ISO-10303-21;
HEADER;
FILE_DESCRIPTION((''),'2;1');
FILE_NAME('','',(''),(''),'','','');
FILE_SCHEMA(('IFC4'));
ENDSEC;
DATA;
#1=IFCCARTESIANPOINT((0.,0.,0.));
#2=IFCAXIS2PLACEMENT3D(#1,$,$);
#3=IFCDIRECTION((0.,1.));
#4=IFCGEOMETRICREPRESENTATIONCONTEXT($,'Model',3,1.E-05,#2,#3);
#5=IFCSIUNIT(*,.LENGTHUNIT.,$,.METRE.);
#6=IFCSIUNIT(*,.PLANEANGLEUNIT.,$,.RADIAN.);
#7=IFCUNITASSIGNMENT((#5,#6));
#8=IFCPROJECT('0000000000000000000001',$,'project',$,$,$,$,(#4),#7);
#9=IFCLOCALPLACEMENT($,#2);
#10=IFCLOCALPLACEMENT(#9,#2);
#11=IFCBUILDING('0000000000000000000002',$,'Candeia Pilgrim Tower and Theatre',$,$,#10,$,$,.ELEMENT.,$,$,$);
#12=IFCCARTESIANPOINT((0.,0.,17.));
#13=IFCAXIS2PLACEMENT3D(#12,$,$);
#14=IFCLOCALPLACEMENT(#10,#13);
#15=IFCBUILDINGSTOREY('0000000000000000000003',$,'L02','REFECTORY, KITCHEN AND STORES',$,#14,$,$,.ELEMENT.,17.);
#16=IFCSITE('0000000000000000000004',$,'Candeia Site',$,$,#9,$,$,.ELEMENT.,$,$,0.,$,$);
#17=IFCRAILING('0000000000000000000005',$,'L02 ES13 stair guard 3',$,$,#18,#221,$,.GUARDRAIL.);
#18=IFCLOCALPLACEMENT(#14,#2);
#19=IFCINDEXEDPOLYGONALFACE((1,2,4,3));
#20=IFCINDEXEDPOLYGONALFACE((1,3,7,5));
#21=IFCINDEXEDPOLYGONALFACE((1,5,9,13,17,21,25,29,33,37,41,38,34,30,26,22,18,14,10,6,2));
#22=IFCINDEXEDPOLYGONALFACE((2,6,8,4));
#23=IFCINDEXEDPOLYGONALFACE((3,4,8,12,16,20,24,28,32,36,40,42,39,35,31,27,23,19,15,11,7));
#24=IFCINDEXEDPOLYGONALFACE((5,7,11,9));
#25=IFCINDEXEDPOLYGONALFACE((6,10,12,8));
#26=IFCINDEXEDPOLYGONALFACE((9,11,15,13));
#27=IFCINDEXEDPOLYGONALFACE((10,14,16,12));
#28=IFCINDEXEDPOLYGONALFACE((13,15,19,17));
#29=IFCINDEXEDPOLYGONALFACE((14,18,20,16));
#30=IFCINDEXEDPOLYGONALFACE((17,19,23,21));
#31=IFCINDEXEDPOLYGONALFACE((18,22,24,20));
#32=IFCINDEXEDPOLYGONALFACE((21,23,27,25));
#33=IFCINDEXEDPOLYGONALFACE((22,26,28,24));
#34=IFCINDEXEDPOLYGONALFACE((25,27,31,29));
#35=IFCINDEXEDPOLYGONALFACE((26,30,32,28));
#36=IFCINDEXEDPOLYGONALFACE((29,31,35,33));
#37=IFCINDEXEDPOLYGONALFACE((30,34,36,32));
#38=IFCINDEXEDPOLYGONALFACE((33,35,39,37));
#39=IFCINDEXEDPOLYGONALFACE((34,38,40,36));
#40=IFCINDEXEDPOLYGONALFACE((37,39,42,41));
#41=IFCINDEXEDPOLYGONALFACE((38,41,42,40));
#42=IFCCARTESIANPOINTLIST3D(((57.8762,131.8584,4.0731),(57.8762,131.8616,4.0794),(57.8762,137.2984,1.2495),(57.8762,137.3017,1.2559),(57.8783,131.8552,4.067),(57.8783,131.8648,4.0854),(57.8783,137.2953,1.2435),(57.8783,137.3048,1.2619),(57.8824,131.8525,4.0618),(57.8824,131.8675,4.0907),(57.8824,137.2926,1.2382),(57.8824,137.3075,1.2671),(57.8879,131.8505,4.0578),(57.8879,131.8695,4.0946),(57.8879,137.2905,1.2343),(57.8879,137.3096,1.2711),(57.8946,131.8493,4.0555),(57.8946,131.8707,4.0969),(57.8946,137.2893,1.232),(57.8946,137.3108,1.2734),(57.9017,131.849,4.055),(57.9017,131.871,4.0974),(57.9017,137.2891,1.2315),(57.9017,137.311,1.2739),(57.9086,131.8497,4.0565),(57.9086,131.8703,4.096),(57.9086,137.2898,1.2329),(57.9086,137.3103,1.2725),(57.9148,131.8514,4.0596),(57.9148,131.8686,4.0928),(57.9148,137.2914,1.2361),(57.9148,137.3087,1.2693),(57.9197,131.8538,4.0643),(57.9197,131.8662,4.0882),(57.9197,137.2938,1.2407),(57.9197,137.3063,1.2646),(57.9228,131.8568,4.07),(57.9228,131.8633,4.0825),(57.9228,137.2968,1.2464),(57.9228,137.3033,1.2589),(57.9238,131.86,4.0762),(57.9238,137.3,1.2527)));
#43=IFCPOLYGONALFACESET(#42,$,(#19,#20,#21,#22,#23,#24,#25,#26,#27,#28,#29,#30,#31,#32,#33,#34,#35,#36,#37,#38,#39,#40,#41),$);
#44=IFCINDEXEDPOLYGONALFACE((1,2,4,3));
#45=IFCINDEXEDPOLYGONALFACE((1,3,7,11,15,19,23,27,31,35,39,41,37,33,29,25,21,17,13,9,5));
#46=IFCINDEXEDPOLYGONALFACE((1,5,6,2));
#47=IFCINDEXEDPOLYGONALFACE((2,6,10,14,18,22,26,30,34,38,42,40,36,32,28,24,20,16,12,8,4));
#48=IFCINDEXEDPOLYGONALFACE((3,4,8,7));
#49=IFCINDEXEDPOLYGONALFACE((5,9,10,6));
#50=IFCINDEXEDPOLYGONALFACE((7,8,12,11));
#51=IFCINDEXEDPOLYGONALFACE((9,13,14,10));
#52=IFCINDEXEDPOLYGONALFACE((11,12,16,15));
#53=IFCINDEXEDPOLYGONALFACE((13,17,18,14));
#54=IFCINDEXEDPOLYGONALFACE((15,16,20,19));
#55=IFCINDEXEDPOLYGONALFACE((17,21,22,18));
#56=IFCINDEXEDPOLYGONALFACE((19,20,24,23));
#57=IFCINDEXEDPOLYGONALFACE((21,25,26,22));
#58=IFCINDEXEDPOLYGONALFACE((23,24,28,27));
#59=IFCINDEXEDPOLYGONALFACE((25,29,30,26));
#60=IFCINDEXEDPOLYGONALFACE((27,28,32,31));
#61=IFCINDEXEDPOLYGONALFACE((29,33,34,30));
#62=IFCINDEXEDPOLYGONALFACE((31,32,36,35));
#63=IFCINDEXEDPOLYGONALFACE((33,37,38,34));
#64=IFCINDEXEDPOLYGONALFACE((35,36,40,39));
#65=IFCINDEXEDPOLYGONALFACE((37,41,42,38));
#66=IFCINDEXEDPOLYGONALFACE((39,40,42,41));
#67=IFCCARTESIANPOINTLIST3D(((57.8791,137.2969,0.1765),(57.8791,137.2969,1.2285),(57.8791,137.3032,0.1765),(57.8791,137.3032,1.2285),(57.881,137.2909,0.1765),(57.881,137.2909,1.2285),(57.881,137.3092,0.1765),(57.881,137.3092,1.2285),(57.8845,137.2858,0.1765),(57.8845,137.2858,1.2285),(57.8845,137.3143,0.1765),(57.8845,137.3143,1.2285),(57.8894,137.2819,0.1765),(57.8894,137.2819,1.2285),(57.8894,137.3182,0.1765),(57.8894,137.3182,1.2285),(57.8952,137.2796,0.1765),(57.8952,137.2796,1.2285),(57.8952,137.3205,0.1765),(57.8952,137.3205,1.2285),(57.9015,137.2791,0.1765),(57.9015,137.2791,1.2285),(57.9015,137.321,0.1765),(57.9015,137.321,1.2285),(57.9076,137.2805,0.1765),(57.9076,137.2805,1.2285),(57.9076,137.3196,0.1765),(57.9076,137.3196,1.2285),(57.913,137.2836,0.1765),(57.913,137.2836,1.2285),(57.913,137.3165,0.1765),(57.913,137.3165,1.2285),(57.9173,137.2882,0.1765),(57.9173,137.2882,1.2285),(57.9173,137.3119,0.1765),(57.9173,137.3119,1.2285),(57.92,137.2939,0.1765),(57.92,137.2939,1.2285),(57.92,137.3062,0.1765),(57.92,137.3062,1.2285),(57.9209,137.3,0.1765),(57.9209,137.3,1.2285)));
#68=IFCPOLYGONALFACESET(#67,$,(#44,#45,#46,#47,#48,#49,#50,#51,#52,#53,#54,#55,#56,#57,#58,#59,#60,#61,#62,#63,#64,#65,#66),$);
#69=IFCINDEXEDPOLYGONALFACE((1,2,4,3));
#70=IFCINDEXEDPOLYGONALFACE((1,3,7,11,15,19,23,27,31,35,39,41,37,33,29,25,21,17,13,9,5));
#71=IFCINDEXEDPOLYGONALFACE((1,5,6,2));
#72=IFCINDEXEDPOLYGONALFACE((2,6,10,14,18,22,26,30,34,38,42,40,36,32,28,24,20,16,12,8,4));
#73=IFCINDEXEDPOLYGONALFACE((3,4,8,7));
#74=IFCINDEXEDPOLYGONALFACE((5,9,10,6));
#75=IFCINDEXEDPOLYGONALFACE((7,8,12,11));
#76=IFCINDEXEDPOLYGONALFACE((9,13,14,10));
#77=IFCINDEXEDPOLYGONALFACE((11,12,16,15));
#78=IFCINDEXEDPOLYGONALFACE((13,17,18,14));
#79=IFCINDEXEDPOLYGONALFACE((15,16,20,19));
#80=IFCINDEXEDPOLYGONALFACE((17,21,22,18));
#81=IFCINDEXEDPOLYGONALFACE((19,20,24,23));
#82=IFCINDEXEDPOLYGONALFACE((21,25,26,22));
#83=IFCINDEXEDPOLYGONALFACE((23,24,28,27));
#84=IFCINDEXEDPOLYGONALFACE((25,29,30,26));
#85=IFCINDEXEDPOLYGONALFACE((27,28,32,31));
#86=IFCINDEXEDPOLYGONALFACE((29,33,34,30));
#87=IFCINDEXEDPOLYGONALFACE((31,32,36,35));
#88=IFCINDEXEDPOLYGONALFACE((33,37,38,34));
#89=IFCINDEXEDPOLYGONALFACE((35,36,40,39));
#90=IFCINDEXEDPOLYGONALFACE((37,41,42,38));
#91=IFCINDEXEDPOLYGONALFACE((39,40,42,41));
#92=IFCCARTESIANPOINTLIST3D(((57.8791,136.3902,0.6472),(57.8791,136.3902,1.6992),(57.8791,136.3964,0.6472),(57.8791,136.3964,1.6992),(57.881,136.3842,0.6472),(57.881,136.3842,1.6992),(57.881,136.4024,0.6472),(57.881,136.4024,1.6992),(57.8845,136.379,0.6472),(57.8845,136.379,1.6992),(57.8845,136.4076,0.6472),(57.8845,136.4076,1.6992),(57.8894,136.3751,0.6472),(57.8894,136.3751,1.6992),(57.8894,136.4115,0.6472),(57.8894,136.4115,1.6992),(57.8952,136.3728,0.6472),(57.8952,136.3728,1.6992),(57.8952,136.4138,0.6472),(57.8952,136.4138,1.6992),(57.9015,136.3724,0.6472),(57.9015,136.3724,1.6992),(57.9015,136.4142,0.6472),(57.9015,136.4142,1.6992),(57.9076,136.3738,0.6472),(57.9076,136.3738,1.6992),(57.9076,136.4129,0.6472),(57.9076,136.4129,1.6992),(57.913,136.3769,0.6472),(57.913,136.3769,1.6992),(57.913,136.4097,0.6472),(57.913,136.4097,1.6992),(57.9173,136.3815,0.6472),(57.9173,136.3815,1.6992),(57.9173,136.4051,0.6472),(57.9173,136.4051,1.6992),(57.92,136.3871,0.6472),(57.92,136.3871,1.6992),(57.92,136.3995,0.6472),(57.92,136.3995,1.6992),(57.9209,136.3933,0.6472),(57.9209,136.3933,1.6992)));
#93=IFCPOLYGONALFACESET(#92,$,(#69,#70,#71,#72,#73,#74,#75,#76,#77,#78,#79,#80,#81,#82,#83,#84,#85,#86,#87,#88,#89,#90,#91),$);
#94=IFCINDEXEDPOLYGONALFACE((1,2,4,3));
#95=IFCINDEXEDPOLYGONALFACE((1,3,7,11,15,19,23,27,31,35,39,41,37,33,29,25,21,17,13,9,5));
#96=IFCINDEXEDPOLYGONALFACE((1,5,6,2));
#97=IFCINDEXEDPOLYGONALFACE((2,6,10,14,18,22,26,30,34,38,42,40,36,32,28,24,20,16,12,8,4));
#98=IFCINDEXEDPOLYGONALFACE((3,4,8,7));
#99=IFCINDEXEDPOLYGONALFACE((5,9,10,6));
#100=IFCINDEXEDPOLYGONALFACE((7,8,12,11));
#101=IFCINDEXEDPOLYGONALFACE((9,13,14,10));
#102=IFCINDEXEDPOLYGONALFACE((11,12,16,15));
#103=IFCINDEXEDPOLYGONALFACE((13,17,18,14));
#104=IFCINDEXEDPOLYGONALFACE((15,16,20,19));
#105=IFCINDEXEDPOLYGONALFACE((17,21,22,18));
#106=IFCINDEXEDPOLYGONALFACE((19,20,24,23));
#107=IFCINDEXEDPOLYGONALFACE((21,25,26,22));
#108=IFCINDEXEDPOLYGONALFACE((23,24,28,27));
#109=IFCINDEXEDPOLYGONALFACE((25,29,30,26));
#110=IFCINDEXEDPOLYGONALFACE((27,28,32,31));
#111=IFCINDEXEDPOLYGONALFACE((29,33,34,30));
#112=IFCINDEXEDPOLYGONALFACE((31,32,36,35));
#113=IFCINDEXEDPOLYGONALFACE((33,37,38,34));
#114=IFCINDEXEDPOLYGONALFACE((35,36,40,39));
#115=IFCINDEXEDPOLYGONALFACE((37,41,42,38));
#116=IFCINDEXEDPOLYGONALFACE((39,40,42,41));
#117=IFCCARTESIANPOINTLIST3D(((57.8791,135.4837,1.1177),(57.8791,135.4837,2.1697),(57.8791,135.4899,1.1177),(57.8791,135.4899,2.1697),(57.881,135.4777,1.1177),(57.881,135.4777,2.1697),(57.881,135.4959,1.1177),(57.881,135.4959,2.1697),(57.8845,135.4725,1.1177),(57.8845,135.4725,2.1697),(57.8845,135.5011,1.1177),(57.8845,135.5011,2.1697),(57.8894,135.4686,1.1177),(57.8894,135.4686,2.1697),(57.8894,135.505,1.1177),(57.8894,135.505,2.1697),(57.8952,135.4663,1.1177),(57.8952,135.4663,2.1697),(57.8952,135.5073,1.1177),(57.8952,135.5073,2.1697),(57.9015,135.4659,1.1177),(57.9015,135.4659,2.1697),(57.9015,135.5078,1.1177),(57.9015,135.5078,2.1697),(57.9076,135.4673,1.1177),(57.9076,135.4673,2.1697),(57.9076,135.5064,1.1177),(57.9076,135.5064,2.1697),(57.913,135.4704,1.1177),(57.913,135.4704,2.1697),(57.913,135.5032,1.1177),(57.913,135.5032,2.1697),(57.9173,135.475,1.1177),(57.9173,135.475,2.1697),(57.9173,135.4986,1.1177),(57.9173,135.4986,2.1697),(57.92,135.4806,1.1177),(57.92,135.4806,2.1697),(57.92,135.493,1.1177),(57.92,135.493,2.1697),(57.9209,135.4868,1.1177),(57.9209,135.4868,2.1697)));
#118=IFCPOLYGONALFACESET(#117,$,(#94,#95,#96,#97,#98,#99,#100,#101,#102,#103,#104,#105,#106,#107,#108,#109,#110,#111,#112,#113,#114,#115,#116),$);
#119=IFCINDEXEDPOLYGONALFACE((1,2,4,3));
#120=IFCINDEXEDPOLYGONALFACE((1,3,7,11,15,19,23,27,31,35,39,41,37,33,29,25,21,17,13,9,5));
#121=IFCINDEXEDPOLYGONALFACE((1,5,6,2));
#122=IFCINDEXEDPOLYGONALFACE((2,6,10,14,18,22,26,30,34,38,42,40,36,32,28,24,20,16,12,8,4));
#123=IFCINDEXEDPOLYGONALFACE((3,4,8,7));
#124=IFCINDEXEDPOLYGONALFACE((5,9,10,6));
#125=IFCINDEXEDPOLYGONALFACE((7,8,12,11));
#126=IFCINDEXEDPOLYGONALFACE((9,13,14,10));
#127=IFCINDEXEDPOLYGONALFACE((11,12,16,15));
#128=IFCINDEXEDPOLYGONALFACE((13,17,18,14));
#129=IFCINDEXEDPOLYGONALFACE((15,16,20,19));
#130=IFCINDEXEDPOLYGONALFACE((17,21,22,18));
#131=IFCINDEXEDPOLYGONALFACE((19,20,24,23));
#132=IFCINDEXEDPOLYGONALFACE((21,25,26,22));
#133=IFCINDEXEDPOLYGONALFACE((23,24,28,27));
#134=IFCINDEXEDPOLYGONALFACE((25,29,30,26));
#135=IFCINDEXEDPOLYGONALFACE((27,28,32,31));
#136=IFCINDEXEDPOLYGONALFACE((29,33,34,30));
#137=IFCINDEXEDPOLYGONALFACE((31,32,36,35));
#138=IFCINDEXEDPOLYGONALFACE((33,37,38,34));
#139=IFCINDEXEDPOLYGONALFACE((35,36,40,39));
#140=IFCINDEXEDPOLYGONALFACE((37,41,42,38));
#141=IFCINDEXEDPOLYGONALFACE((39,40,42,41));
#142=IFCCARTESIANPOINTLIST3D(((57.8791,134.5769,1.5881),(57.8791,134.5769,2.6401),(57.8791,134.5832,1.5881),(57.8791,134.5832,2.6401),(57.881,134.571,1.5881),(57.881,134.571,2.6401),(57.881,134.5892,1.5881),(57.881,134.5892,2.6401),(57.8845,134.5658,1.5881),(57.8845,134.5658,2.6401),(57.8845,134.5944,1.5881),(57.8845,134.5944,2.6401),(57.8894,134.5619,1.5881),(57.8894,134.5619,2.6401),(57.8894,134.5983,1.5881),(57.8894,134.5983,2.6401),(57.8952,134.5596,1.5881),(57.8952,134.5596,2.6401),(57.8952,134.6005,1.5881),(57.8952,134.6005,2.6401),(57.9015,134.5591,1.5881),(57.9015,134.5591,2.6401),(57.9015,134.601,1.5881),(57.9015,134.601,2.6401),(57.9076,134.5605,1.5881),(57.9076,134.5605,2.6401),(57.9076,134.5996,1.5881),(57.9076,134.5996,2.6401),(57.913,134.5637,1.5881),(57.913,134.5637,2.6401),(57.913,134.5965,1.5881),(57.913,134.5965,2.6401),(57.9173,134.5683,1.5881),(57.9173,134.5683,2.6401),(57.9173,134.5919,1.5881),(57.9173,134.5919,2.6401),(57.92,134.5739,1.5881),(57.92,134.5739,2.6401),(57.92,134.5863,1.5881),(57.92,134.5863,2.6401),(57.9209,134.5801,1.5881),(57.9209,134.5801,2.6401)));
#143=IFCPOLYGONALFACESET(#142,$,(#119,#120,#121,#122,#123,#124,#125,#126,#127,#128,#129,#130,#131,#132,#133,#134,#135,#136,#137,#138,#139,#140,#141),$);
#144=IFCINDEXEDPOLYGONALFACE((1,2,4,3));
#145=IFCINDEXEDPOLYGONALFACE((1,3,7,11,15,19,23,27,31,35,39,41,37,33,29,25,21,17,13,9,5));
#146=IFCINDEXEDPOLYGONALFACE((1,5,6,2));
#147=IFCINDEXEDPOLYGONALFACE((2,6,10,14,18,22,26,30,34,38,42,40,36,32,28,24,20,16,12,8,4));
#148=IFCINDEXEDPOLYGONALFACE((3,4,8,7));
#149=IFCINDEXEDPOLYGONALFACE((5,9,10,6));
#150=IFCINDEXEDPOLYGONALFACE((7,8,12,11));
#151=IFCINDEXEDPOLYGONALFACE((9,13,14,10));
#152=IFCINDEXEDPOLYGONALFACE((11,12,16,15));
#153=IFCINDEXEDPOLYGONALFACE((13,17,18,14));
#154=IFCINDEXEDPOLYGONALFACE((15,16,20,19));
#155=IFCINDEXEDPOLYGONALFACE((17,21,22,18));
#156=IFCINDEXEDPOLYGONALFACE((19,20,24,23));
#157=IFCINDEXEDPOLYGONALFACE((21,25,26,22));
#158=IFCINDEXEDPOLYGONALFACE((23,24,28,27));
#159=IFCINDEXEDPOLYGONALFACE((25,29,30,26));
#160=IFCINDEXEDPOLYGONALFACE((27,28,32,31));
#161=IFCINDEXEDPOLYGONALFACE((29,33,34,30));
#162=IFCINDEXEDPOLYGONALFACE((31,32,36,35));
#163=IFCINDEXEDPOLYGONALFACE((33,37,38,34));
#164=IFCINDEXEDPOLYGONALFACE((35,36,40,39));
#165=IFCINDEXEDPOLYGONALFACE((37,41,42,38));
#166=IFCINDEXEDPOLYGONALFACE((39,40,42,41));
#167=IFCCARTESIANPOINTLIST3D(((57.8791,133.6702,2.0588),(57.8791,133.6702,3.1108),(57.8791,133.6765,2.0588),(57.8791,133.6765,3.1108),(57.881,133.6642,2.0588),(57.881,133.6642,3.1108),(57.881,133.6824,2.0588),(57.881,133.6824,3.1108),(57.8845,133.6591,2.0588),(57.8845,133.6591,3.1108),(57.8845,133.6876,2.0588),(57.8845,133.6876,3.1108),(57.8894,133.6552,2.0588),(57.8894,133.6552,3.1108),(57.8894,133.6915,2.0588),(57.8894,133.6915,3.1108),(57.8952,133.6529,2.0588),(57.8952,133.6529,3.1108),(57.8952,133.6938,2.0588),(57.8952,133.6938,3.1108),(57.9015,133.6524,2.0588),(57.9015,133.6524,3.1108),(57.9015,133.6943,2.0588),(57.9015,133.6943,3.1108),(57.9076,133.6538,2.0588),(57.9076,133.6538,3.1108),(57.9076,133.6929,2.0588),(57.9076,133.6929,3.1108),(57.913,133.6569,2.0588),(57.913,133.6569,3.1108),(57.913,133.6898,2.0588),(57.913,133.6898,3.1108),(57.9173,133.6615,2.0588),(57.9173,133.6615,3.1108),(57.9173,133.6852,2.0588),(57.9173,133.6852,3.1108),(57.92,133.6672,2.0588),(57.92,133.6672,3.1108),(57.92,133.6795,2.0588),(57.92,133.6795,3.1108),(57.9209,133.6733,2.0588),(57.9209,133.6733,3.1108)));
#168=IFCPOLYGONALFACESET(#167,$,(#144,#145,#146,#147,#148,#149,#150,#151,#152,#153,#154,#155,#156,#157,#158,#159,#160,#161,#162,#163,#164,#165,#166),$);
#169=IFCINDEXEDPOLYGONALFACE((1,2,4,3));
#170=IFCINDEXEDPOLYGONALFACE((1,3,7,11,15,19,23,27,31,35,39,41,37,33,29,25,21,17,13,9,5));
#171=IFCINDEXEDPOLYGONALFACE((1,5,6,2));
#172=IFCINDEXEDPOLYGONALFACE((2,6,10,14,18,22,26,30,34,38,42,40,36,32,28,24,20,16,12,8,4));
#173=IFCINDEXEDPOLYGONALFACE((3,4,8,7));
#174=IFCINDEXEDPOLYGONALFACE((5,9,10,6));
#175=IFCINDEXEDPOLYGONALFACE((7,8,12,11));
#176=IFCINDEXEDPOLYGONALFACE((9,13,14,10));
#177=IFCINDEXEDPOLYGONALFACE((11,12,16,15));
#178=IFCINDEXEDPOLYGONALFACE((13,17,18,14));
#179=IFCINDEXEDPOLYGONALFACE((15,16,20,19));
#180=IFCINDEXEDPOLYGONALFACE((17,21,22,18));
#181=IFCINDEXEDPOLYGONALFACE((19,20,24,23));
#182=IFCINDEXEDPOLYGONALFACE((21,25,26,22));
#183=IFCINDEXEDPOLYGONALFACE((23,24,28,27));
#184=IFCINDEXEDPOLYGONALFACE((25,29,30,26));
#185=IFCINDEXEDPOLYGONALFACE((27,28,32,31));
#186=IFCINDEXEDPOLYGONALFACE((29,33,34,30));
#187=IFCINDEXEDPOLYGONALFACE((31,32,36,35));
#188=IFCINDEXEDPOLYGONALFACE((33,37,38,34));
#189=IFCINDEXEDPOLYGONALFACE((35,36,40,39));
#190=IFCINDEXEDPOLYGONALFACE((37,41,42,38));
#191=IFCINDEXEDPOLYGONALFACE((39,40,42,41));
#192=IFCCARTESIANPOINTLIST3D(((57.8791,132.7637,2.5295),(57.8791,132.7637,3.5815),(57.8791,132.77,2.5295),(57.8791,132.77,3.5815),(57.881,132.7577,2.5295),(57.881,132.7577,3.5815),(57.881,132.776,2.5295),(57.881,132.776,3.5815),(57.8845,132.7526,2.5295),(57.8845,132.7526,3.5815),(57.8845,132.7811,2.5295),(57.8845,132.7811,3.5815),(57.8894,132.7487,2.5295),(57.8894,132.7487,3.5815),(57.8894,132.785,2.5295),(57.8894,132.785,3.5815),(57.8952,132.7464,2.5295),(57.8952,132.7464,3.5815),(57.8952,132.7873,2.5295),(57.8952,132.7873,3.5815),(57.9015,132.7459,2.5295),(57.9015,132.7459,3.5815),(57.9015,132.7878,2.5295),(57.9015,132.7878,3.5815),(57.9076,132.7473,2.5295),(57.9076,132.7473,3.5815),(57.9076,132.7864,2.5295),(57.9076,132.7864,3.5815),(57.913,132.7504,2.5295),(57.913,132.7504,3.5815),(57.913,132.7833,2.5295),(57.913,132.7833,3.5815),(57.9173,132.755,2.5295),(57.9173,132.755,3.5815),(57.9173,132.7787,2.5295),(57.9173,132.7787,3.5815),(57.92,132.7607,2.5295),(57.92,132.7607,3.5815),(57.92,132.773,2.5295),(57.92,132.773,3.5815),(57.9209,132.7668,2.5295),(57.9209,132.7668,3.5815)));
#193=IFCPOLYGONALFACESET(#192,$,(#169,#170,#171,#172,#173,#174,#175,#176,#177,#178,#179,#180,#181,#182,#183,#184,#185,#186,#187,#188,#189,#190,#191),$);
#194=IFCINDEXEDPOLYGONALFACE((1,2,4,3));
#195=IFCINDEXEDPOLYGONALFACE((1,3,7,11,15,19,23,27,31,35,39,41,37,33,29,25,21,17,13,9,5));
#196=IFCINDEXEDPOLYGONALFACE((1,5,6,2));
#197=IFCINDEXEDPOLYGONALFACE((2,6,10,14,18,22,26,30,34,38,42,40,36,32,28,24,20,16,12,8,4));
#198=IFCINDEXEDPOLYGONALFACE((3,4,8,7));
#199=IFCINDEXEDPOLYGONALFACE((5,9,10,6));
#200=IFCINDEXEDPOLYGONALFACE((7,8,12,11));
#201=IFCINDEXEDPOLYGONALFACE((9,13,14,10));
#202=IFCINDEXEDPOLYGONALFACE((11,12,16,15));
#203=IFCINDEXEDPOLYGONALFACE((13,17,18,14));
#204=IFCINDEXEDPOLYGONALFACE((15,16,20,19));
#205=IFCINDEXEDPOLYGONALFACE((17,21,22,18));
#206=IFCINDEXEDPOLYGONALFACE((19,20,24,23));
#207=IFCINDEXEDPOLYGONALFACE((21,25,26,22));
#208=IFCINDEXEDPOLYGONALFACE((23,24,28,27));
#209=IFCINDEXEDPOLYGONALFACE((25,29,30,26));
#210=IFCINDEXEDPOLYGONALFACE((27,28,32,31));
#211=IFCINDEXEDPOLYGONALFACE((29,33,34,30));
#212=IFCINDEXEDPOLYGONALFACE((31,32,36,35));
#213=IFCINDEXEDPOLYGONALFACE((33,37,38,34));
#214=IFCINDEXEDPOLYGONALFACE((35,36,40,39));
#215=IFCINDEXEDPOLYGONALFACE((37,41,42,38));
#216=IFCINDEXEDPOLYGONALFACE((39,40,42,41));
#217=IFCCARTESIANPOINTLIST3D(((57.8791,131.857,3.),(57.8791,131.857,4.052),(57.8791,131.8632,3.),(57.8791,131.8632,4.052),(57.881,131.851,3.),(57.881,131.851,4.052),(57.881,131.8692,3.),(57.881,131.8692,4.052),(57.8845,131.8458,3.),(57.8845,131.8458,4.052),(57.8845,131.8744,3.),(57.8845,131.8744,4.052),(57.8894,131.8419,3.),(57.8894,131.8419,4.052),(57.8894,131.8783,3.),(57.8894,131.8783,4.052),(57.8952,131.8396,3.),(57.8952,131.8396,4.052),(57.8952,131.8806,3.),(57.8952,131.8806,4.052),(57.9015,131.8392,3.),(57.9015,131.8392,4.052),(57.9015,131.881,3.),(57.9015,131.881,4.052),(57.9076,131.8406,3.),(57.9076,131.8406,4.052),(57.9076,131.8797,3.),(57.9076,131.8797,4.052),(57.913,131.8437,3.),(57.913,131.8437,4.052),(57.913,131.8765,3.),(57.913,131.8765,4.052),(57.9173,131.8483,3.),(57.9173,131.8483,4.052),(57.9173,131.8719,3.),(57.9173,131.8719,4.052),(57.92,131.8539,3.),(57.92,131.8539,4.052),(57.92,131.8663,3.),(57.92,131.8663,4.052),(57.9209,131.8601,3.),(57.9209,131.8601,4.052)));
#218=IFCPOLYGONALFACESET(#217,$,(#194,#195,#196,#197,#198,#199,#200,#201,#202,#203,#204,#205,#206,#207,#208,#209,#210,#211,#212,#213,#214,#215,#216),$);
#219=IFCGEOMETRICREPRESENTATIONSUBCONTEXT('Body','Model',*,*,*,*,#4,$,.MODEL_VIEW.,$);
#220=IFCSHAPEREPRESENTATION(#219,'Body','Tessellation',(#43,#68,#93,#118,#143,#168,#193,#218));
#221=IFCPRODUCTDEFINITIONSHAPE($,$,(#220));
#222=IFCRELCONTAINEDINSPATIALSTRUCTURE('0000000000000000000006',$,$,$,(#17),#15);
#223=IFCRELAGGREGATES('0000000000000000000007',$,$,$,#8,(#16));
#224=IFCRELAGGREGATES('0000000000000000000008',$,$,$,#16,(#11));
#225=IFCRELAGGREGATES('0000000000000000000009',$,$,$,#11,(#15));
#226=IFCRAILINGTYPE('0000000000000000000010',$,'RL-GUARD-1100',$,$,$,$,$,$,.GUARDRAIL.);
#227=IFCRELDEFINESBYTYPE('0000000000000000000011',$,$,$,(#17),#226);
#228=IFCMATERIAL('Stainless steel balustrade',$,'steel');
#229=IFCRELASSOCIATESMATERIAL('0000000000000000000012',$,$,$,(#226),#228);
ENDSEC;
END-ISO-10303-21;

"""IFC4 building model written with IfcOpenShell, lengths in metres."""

from ifc_helpers import new_model, si_unit, direction, frame, origin, origin_2d, place, context, subcontext, project, spatial, circle, extrude, material, type_object, element, save


model = new_model("IFC4")

# Units and contexts
model_context = context("Model", 3, precision=1e-05, world=origin(), true_north=direction((0.0, 1.0)))
body_context = subcontext(model_context, "Body", "Model", "MODEL_VIEW")
ifc_project = project(units=[si_unit("LENGTHUNIT", "METRE"), si_unit("PLANEANGLEUNIT", "RADIAN")], contexts=[model_context])

# Site, building, storey
site_placement = place(None, origin())
site = spatial("IfcSite", under=ifc_project, at=site_placement, Name="Candeia Site", CompositionType="ELEMENT", RefElevation=0.0)
building_placement = place(site_placement, origin())
building = spatial("IfcBuilding", under=site, at=building_placement, Name="Candeia Pilgrim Tower and Theatre", CompositionType="ELEMENT")
storey_placement = place(building_placement, frame((0.0, 0.0, 17.0)))
storey = spatial("IfcBuildingStorey", under=building, at=storey_placement, Name="L02", Description="REFECTORY, KITCHEN AND STORES", CompositionType="ELEMENT", Elevation=17.0)

# Railing
ifc_material_1 = material(Name="Stainless steel balustrade", Category="steel")
railing_type_1 = type_object("IfcRailingType", Name="RL-GUARD-1100", PredefinedType="GUARDRAIL", material=ifc_material_1)
railing_1_placement = place(storey_placement, frame((57.8999, 137.3, 0.1765)))
element("IfcRailing", 1, at=railing_1_placement, inside=storey, type_object=railing_type_1, Name="L02 ES13 stair guard 3", PredefinedType="GUARDRAIL", context=body_context, shape_type="SweptSolid", body=[
    extrude(circle(Radius=0.0239, at=origin_2d()), frame((0.0, 0.0, 1.0762), z_axis=(0.0, -0.887569, 0.460674), x_axis=(1.0, 0.0, 0.0)), (0.0, 0.0, 1.0), 6.1292),
    extrude(circle(Radius=0.021, at=origin_2d()), origin(), (0.0, 0.0, 1.0), 1.052),
    extrude(circle(Radius=0.021, at=origin_2d()), frame((0.0, -0.9067, 0.4707)), (0.0, 0.0, 1.0), 1.052),
    extrude(circle(Radius=0.021, at=origin_2d()), frame((0.0, -1.8132, 0.9412)), (0.0, 0.0, 1.0), 1.052),
    extrude(circle(Radius=0.021, at=origin_2d()), frame((0.0, -2.72, 1.4116)), (0.0, 0.0, 1.0), 1.052),
    extrude(circle(Radius=0.021, at=origin_2d()), frame((0.0, -3.6267, 1.8823)), (0.0, 0.0, 1.0), 1.052),
    extrude(circle(Radius=0.021, at=origin_2d()), frame((0.0, -4.5332, 2.353)), (0.0, 0.0, 1.0), 1.052),
    extrude(circle(Radius=0.021, at=origin_2d()), frame((0.0, -5.4399, 2.8235)), (0.0, 0.0, 1.0), 1.052),
])

save(model, "model.ifc")
